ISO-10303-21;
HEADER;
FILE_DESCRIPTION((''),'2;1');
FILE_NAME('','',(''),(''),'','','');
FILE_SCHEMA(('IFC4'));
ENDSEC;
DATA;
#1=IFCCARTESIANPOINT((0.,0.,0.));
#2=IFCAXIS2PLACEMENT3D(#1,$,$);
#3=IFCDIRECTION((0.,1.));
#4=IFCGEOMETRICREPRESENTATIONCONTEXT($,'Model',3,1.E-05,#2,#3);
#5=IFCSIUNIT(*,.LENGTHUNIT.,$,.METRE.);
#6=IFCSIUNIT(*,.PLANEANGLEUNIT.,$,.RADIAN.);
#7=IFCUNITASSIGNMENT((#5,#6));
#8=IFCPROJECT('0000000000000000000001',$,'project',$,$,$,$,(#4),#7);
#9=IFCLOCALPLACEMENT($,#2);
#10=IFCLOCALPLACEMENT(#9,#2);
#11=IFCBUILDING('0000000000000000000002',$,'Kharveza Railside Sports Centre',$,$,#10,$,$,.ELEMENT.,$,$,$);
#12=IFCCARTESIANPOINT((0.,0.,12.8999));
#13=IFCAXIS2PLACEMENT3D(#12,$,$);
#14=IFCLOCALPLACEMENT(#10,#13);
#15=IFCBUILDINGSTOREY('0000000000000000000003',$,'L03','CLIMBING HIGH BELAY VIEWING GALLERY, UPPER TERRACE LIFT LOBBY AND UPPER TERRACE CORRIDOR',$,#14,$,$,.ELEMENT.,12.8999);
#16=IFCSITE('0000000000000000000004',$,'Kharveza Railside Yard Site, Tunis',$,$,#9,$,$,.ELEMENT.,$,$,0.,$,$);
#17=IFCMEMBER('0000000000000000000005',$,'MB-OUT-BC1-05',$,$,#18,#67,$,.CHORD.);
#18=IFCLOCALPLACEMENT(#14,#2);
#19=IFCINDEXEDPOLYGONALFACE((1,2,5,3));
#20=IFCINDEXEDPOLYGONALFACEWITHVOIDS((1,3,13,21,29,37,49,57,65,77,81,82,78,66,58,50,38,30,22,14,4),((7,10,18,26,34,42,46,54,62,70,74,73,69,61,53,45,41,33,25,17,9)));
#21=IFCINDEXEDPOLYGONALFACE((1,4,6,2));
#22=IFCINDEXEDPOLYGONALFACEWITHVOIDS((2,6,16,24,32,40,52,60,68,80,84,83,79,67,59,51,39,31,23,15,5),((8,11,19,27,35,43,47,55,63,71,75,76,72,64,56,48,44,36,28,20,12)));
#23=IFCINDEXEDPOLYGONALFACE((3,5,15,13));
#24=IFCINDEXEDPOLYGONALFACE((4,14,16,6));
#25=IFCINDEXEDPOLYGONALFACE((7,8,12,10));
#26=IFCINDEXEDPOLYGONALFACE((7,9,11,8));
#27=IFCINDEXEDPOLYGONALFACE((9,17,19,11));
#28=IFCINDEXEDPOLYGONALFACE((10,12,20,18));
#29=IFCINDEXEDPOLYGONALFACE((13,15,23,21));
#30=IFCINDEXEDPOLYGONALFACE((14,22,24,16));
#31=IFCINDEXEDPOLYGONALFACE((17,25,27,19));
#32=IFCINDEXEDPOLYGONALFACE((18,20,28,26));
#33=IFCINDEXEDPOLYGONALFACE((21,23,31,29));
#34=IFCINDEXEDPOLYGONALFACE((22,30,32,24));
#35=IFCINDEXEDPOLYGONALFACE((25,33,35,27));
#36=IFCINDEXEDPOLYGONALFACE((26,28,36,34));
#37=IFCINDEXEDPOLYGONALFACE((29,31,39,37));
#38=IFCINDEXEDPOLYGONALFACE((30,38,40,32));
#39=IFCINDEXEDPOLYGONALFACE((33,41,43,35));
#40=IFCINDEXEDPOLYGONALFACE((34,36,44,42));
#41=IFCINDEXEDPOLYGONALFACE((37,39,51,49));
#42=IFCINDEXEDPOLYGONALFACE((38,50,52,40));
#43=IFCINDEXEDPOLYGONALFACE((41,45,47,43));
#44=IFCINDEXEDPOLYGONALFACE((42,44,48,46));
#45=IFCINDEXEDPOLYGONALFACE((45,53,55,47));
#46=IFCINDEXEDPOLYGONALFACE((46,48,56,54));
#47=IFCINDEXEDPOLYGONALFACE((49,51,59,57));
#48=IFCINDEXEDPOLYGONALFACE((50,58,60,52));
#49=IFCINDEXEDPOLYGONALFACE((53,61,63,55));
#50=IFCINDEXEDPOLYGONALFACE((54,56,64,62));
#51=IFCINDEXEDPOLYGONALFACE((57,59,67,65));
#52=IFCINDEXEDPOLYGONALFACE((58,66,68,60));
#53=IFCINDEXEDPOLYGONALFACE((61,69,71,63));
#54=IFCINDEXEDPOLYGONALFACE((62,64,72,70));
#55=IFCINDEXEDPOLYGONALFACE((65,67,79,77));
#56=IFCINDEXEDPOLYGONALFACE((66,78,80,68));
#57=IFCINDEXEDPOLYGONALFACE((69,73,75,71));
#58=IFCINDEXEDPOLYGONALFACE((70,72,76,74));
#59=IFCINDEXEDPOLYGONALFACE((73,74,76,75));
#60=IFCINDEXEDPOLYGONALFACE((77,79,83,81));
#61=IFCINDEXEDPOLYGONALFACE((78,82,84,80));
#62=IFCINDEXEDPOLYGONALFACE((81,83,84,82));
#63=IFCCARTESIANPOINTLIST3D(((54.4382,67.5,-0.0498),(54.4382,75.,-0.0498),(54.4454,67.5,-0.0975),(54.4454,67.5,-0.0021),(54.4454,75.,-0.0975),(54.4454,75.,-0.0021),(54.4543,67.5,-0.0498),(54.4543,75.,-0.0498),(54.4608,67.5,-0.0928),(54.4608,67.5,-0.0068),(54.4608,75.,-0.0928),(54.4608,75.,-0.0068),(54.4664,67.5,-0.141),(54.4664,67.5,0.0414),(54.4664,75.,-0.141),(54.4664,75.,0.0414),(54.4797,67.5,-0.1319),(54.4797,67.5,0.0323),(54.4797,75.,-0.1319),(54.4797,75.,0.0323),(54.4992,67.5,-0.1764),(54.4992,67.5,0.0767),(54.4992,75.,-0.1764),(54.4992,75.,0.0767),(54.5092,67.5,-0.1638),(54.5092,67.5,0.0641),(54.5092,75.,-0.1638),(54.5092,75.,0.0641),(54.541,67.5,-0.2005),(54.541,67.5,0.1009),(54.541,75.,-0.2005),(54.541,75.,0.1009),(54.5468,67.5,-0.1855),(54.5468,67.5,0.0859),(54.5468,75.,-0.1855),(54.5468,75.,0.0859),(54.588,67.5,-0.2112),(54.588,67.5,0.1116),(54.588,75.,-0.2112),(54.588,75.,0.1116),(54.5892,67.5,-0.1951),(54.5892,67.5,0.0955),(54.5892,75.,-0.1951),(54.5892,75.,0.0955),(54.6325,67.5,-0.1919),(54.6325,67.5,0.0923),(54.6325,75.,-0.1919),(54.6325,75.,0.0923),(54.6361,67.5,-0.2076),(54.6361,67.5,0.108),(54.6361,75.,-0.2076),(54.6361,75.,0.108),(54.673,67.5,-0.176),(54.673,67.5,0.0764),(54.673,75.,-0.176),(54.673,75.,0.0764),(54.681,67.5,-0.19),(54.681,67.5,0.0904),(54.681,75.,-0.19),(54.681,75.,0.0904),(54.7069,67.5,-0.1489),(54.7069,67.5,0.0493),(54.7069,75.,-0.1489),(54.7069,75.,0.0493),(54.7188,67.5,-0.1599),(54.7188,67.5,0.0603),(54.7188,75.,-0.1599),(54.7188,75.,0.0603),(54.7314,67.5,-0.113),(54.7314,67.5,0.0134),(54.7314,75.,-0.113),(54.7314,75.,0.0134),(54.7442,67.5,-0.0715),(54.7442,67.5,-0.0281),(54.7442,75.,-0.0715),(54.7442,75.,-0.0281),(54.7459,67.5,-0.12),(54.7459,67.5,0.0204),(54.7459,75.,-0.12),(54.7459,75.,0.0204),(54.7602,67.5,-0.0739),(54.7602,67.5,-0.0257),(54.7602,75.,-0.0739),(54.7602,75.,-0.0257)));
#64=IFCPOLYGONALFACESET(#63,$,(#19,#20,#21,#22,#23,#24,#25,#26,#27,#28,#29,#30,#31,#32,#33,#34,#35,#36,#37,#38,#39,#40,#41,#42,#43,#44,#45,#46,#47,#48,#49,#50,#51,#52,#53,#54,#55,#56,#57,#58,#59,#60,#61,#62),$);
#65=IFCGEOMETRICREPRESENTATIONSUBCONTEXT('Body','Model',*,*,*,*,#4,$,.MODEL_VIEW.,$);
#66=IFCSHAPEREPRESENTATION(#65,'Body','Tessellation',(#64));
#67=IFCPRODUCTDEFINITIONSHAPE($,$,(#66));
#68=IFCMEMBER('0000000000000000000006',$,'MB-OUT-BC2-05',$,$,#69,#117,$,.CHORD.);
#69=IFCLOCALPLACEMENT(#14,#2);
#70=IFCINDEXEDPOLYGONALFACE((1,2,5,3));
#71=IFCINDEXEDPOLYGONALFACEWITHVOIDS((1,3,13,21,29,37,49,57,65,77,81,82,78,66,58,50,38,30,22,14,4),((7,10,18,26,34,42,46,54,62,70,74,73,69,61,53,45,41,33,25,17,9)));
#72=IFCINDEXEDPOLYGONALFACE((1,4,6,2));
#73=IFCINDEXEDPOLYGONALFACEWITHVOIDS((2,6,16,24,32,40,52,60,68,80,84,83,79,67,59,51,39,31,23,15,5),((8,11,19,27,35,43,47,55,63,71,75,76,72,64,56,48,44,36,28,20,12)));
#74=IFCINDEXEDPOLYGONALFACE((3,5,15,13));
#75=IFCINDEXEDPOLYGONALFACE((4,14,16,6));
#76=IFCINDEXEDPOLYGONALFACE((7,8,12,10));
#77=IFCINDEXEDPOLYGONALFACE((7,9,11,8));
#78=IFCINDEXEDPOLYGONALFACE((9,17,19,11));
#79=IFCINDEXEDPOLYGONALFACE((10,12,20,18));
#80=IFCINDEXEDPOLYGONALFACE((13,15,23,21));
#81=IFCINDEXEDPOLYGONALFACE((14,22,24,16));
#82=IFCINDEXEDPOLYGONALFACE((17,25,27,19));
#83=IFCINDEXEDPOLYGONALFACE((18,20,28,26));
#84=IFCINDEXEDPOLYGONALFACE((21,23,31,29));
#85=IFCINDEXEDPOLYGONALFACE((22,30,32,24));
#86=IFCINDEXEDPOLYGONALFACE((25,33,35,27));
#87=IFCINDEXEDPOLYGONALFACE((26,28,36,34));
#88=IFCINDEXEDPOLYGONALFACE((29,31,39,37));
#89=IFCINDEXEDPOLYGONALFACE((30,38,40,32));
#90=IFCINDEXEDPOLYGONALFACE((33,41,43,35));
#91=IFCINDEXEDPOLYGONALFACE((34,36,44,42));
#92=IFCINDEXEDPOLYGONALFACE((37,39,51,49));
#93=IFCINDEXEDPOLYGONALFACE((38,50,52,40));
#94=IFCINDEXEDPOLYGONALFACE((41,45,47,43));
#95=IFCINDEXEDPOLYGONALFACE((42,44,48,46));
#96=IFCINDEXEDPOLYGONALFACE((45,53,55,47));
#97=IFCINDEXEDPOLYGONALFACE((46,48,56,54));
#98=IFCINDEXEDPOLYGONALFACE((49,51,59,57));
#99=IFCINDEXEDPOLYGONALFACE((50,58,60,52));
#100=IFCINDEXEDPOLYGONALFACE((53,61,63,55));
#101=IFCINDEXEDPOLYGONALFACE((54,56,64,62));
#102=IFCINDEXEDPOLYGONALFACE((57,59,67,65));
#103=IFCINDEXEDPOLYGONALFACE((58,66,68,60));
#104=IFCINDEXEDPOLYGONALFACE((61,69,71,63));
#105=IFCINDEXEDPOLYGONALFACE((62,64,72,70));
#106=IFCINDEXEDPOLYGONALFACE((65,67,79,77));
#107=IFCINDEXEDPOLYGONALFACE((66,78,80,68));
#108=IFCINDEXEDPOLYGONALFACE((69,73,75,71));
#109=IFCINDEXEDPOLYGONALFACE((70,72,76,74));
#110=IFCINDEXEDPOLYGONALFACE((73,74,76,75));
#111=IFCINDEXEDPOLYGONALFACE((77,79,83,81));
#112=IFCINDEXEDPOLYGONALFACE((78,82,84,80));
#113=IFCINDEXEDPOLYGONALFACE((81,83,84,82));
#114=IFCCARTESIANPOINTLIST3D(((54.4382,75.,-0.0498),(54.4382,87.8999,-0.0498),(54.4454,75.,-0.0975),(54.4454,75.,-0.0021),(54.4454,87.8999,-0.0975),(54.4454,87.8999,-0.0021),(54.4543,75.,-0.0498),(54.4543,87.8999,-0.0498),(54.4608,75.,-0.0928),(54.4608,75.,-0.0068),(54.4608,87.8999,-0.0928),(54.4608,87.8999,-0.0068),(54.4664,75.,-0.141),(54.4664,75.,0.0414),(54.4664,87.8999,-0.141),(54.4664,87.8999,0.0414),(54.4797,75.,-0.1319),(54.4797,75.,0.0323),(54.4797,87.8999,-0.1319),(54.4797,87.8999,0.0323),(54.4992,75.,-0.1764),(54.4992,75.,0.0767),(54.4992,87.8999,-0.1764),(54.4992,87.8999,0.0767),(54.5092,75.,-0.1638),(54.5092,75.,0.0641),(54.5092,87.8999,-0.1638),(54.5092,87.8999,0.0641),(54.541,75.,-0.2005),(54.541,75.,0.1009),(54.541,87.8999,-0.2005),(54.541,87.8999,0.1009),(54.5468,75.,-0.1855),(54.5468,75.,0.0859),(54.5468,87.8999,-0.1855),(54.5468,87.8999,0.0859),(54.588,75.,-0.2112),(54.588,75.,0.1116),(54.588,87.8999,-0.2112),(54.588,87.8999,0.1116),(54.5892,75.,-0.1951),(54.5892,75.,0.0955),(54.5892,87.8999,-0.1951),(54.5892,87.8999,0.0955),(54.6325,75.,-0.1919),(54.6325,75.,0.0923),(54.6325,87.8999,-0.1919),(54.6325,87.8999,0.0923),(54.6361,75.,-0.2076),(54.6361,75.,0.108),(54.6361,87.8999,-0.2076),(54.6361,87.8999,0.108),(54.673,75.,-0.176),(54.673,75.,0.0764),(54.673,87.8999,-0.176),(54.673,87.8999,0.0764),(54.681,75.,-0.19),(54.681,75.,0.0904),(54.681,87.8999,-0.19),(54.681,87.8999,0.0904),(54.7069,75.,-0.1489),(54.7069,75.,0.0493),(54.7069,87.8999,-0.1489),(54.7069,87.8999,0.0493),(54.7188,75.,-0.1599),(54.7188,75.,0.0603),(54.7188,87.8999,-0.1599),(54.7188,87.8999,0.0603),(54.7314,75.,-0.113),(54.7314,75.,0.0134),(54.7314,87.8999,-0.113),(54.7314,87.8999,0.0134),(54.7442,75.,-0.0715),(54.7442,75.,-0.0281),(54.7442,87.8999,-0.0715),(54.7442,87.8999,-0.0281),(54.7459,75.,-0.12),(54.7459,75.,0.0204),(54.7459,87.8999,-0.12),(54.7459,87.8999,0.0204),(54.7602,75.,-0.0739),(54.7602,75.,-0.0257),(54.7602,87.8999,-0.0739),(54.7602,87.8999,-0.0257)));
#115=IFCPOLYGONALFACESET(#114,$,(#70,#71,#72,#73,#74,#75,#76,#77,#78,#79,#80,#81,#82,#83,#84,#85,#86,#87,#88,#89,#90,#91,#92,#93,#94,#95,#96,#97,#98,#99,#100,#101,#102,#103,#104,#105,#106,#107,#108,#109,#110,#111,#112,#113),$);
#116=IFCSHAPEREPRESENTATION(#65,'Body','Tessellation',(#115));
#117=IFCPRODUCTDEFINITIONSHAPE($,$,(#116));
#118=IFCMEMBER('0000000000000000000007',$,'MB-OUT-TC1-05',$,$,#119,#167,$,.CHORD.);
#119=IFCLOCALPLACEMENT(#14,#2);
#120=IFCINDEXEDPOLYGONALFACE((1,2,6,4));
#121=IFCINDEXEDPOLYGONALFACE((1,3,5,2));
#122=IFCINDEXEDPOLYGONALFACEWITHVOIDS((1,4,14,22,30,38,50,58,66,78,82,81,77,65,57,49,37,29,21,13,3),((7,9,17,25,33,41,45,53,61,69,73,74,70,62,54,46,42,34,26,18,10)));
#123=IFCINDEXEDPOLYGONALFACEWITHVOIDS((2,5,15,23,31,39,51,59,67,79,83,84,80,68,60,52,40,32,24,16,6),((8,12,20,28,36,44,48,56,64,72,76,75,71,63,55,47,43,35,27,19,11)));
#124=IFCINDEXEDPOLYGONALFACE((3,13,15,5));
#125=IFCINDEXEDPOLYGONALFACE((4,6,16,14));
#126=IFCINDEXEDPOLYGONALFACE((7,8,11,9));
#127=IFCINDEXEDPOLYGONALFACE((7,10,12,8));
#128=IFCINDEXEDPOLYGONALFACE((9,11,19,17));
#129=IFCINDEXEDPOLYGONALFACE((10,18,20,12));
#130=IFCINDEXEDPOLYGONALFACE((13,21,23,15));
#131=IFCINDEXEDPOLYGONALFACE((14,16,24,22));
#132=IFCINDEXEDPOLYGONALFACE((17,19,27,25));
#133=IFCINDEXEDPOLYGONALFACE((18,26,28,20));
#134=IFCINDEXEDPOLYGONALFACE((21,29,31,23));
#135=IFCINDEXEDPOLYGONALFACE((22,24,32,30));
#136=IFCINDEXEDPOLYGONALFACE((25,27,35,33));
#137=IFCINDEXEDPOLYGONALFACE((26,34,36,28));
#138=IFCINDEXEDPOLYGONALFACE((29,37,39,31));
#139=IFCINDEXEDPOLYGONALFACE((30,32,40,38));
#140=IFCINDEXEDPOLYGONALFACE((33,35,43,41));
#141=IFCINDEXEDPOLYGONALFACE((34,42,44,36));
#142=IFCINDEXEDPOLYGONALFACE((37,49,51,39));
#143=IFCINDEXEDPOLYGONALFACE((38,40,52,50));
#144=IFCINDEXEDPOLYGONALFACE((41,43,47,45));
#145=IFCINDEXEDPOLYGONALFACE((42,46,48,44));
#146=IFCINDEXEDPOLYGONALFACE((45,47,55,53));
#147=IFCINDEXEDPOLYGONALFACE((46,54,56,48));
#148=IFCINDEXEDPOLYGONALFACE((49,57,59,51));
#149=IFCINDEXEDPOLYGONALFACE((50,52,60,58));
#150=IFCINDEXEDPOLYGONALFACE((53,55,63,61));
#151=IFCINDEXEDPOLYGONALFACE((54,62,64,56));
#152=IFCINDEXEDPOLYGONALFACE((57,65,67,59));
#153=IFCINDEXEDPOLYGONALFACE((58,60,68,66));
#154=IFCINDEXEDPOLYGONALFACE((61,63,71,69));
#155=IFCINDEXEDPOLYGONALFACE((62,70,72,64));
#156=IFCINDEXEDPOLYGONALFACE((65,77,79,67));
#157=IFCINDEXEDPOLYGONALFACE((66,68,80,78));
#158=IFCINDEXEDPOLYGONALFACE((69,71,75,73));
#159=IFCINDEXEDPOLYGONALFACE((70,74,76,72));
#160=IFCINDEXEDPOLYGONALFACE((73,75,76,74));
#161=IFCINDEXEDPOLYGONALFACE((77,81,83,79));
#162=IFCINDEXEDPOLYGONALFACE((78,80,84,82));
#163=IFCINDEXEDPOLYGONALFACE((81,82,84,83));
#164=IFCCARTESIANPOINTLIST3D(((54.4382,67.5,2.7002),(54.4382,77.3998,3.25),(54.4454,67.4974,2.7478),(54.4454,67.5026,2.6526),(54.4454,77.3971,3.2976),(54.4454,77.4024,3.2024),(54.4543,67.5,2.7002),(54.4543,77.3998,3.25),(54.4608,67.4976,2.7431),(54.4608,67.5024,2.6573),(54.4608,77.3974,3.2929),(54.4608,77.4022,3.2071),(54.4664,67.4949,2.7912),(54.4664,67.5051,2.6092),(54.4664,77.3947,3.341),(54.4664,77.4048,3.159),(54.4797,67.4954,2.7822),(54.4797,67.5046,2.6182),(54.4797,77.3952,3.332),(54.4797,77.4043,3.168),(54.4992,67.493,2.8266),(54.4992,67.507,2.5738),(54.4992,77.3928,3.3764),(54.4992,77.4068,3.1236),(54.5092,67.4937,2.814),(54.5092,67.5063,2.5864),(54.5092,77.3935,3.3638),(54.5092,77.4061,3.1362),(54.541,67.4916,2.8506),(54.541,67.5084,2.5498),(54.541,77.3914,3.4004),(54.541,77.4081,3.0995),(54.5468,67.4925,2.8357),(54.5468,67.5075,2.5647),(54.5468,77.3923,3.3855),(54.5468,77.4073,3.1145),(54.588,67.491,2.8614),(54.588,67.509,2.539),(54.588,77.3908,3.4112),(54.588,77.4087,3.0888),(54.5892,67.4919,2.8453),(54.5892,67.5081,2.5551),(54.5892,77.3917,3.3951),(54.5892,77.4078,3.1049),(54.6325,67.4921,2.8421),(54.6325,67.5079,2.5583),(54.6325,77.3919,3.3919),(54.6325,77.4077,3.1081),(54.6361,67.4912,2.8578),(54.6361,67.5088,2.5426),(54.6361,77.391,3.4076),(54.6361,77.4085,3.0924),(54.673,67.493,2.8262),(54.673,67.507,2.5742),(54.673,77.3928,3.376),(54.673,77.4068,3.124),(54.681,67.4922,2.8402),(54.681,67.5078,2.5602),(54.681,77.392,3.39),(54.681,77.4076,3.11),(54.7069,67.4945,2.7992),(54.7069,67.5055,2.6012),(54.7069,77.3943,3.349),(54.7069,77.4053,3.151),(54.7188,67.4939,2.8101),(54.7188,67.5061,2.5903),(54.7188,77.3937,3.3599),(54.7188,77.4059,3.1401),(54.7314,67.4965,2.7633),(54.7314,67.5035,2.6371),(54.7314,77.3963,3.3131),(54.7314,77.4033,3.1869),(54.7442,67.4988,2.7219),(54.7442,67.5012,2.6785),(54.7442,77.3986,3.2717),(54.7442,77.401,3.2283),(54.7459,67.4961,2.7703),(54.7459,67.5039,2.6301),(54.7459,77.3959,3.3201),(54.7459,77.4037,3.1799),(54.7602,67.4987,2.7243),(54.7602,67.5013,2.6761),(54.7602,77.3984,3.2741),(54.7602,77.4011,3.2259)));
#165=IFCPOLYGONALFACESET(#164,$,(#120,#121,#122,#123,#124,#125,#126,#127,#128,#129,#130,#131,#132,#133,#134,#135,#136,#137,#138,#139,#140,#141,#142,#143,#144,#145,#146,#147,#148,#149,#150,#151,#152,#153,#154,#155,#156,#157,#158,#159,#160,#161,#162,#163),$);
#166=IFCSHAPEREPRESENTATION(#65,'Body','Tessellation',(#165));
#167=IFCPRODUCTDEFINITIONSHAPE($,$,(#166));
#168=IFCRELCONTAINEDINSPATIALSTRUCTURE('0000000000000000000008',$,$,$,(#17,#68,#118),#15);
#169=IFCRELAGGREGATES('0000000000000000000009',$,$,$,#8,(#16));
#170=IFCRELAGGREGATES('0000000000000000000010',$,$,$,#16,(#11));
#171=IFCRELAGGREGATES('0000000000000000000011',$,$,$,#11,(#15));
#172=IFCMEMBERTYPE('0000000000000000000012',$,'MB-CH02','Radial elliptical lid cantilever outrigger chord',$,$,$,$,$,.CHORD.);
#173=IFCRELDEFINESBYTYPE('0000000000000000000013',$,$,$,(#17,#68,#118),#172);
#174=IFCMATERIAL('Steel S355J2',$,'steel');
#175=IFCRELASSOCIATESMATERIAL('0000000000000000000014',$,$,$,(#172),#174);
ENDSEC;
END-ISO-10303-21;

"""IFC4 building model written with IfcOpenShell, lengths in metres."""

from ifc_helpers import new_model, si_unit, direction, frame, origin, origin_2d, place, context, subcontext, project, spatial, hollow_circle, extrude, material, material_profile, profile_set, type_object, element, save


model = new_model("IFC4")

# Units and contexts
model_context = context("Model", 3, precision=1e-05, world=origin(), true_north=direction((0.0, 1.0)))
body_context = subcontext(model_context, "Body", "Model", "MODEL_VIEW")
ifc_project = project(units=[si_unit("LENGTHUNIT", "METRE"), si_unit("PLANEANGLEUNIT", "RADIAN")], contexts=[model_context])

# Site, building, storey
site_placement = place(None, origin())
site = spatial("IfcSite", under=ifc_project, at=site_placement, Name="Kharveza Railside Yard Site, Tunis", CompositionType="ELEMENT", RefElevation=0.0)
building_placement = place(site_placement, origin())
building = spatial("IfcBuilding", under=site, at=building_placement, Name="Kharveza Railside Sports Centre", CompositionType="ELEMENT")
storey_placement = place(building_placement, frame((0.0, 0.0, 12.8999)))
storey = spatial("IfcBuildingStorey", under=building, at=storey_placement, Name="L03", Description="CLIMBING HIGH BELAY VIEWING GALLERY, UPPER TERRACE LIFT LOBBY AND UPPER TERRACE CORRIDOR", CompositionType="ELEMENT", Elevation=12.8999)

# Members
ifc_material_1 = material(Name="Steel S355J2", Category="steel")
ifc_material_profile_1 = material_profile(ifc_material_1, hollow_circle(Radius=0.1619, WallThickness=0.0161, at=origin_2d()), Name="CHS 323.9x16.0")
ifc_profile_set_1 = profile_set([ifc_material_profile_1], Name="Steel S355J2")
member_type_1 = type_object("IfcMemberType", Name="MB-CH02", Description="Radial elliptical lid cantilever outrigger chord", PredefinedType="CHORD", material=ifc_profile_set_1)
member_1_placement = place(storey_placement, frame((54.6001, 67.5, -0.0498), z_axis=(0.0, 1.0, 0.0), x_axis=(-1.0, 0.0, 0.0)))
element("IfcMember", 1, at=member_1_placement, inside=storey, type_object=member_type_1, Name="MB-OUT-BC1-05", PredefinedType="CHORD", context=body_context, shape_type="SweptSolid", body=[
    extrude(hollow_circle(Radius=0.1619, WallThickness=0.0161, at=origin_2d()), origin(), (0.0, 0.0, 1.0), 7.5),
])
member_2_placement = place(storey_placement, frame((54.6001, 75.0, -0.0498), z_axis=(0.0, 1.0, 0.0), x_axis=(-1.0, 0.0, 0.0)))
element("IfcMember", 2, at=member_2_placement, inside=storey, type_object=member_type_1, Name="MB-OUT-BC2-05", PredefinedType="CHORD", context=body_context, shape_type="SweptSolid", body=[
    extrude(hollow_circle(Radius=0.1619, WallThickness=0.0161, at=origin_2d()), origin(), (0.0, 0.0, 1.0), 12.8999),
])
member_3_placement = place(storey_placement, frame((54.6001, 67.5, 2.7002), z_axis=(0.0, 0.998461, 0.055451), x_axis=(-1.0, 0.0, 0.0)))
element("IfcMember", 3, at=member_3_placement, inside=storey, type_object=member_type_1, Name="MB-OUT-TC1-05", PredefinedType="CHORD", context=body_context, shape_type="SweptSolid", body=[
    extrude(hollow_circle(Radius=0.1619, WallThickness=0.0161, at=origin_2d()), origin(), (0.0, 0.0, 1.0), 9.915),
])

save(model, "model.ifc")
